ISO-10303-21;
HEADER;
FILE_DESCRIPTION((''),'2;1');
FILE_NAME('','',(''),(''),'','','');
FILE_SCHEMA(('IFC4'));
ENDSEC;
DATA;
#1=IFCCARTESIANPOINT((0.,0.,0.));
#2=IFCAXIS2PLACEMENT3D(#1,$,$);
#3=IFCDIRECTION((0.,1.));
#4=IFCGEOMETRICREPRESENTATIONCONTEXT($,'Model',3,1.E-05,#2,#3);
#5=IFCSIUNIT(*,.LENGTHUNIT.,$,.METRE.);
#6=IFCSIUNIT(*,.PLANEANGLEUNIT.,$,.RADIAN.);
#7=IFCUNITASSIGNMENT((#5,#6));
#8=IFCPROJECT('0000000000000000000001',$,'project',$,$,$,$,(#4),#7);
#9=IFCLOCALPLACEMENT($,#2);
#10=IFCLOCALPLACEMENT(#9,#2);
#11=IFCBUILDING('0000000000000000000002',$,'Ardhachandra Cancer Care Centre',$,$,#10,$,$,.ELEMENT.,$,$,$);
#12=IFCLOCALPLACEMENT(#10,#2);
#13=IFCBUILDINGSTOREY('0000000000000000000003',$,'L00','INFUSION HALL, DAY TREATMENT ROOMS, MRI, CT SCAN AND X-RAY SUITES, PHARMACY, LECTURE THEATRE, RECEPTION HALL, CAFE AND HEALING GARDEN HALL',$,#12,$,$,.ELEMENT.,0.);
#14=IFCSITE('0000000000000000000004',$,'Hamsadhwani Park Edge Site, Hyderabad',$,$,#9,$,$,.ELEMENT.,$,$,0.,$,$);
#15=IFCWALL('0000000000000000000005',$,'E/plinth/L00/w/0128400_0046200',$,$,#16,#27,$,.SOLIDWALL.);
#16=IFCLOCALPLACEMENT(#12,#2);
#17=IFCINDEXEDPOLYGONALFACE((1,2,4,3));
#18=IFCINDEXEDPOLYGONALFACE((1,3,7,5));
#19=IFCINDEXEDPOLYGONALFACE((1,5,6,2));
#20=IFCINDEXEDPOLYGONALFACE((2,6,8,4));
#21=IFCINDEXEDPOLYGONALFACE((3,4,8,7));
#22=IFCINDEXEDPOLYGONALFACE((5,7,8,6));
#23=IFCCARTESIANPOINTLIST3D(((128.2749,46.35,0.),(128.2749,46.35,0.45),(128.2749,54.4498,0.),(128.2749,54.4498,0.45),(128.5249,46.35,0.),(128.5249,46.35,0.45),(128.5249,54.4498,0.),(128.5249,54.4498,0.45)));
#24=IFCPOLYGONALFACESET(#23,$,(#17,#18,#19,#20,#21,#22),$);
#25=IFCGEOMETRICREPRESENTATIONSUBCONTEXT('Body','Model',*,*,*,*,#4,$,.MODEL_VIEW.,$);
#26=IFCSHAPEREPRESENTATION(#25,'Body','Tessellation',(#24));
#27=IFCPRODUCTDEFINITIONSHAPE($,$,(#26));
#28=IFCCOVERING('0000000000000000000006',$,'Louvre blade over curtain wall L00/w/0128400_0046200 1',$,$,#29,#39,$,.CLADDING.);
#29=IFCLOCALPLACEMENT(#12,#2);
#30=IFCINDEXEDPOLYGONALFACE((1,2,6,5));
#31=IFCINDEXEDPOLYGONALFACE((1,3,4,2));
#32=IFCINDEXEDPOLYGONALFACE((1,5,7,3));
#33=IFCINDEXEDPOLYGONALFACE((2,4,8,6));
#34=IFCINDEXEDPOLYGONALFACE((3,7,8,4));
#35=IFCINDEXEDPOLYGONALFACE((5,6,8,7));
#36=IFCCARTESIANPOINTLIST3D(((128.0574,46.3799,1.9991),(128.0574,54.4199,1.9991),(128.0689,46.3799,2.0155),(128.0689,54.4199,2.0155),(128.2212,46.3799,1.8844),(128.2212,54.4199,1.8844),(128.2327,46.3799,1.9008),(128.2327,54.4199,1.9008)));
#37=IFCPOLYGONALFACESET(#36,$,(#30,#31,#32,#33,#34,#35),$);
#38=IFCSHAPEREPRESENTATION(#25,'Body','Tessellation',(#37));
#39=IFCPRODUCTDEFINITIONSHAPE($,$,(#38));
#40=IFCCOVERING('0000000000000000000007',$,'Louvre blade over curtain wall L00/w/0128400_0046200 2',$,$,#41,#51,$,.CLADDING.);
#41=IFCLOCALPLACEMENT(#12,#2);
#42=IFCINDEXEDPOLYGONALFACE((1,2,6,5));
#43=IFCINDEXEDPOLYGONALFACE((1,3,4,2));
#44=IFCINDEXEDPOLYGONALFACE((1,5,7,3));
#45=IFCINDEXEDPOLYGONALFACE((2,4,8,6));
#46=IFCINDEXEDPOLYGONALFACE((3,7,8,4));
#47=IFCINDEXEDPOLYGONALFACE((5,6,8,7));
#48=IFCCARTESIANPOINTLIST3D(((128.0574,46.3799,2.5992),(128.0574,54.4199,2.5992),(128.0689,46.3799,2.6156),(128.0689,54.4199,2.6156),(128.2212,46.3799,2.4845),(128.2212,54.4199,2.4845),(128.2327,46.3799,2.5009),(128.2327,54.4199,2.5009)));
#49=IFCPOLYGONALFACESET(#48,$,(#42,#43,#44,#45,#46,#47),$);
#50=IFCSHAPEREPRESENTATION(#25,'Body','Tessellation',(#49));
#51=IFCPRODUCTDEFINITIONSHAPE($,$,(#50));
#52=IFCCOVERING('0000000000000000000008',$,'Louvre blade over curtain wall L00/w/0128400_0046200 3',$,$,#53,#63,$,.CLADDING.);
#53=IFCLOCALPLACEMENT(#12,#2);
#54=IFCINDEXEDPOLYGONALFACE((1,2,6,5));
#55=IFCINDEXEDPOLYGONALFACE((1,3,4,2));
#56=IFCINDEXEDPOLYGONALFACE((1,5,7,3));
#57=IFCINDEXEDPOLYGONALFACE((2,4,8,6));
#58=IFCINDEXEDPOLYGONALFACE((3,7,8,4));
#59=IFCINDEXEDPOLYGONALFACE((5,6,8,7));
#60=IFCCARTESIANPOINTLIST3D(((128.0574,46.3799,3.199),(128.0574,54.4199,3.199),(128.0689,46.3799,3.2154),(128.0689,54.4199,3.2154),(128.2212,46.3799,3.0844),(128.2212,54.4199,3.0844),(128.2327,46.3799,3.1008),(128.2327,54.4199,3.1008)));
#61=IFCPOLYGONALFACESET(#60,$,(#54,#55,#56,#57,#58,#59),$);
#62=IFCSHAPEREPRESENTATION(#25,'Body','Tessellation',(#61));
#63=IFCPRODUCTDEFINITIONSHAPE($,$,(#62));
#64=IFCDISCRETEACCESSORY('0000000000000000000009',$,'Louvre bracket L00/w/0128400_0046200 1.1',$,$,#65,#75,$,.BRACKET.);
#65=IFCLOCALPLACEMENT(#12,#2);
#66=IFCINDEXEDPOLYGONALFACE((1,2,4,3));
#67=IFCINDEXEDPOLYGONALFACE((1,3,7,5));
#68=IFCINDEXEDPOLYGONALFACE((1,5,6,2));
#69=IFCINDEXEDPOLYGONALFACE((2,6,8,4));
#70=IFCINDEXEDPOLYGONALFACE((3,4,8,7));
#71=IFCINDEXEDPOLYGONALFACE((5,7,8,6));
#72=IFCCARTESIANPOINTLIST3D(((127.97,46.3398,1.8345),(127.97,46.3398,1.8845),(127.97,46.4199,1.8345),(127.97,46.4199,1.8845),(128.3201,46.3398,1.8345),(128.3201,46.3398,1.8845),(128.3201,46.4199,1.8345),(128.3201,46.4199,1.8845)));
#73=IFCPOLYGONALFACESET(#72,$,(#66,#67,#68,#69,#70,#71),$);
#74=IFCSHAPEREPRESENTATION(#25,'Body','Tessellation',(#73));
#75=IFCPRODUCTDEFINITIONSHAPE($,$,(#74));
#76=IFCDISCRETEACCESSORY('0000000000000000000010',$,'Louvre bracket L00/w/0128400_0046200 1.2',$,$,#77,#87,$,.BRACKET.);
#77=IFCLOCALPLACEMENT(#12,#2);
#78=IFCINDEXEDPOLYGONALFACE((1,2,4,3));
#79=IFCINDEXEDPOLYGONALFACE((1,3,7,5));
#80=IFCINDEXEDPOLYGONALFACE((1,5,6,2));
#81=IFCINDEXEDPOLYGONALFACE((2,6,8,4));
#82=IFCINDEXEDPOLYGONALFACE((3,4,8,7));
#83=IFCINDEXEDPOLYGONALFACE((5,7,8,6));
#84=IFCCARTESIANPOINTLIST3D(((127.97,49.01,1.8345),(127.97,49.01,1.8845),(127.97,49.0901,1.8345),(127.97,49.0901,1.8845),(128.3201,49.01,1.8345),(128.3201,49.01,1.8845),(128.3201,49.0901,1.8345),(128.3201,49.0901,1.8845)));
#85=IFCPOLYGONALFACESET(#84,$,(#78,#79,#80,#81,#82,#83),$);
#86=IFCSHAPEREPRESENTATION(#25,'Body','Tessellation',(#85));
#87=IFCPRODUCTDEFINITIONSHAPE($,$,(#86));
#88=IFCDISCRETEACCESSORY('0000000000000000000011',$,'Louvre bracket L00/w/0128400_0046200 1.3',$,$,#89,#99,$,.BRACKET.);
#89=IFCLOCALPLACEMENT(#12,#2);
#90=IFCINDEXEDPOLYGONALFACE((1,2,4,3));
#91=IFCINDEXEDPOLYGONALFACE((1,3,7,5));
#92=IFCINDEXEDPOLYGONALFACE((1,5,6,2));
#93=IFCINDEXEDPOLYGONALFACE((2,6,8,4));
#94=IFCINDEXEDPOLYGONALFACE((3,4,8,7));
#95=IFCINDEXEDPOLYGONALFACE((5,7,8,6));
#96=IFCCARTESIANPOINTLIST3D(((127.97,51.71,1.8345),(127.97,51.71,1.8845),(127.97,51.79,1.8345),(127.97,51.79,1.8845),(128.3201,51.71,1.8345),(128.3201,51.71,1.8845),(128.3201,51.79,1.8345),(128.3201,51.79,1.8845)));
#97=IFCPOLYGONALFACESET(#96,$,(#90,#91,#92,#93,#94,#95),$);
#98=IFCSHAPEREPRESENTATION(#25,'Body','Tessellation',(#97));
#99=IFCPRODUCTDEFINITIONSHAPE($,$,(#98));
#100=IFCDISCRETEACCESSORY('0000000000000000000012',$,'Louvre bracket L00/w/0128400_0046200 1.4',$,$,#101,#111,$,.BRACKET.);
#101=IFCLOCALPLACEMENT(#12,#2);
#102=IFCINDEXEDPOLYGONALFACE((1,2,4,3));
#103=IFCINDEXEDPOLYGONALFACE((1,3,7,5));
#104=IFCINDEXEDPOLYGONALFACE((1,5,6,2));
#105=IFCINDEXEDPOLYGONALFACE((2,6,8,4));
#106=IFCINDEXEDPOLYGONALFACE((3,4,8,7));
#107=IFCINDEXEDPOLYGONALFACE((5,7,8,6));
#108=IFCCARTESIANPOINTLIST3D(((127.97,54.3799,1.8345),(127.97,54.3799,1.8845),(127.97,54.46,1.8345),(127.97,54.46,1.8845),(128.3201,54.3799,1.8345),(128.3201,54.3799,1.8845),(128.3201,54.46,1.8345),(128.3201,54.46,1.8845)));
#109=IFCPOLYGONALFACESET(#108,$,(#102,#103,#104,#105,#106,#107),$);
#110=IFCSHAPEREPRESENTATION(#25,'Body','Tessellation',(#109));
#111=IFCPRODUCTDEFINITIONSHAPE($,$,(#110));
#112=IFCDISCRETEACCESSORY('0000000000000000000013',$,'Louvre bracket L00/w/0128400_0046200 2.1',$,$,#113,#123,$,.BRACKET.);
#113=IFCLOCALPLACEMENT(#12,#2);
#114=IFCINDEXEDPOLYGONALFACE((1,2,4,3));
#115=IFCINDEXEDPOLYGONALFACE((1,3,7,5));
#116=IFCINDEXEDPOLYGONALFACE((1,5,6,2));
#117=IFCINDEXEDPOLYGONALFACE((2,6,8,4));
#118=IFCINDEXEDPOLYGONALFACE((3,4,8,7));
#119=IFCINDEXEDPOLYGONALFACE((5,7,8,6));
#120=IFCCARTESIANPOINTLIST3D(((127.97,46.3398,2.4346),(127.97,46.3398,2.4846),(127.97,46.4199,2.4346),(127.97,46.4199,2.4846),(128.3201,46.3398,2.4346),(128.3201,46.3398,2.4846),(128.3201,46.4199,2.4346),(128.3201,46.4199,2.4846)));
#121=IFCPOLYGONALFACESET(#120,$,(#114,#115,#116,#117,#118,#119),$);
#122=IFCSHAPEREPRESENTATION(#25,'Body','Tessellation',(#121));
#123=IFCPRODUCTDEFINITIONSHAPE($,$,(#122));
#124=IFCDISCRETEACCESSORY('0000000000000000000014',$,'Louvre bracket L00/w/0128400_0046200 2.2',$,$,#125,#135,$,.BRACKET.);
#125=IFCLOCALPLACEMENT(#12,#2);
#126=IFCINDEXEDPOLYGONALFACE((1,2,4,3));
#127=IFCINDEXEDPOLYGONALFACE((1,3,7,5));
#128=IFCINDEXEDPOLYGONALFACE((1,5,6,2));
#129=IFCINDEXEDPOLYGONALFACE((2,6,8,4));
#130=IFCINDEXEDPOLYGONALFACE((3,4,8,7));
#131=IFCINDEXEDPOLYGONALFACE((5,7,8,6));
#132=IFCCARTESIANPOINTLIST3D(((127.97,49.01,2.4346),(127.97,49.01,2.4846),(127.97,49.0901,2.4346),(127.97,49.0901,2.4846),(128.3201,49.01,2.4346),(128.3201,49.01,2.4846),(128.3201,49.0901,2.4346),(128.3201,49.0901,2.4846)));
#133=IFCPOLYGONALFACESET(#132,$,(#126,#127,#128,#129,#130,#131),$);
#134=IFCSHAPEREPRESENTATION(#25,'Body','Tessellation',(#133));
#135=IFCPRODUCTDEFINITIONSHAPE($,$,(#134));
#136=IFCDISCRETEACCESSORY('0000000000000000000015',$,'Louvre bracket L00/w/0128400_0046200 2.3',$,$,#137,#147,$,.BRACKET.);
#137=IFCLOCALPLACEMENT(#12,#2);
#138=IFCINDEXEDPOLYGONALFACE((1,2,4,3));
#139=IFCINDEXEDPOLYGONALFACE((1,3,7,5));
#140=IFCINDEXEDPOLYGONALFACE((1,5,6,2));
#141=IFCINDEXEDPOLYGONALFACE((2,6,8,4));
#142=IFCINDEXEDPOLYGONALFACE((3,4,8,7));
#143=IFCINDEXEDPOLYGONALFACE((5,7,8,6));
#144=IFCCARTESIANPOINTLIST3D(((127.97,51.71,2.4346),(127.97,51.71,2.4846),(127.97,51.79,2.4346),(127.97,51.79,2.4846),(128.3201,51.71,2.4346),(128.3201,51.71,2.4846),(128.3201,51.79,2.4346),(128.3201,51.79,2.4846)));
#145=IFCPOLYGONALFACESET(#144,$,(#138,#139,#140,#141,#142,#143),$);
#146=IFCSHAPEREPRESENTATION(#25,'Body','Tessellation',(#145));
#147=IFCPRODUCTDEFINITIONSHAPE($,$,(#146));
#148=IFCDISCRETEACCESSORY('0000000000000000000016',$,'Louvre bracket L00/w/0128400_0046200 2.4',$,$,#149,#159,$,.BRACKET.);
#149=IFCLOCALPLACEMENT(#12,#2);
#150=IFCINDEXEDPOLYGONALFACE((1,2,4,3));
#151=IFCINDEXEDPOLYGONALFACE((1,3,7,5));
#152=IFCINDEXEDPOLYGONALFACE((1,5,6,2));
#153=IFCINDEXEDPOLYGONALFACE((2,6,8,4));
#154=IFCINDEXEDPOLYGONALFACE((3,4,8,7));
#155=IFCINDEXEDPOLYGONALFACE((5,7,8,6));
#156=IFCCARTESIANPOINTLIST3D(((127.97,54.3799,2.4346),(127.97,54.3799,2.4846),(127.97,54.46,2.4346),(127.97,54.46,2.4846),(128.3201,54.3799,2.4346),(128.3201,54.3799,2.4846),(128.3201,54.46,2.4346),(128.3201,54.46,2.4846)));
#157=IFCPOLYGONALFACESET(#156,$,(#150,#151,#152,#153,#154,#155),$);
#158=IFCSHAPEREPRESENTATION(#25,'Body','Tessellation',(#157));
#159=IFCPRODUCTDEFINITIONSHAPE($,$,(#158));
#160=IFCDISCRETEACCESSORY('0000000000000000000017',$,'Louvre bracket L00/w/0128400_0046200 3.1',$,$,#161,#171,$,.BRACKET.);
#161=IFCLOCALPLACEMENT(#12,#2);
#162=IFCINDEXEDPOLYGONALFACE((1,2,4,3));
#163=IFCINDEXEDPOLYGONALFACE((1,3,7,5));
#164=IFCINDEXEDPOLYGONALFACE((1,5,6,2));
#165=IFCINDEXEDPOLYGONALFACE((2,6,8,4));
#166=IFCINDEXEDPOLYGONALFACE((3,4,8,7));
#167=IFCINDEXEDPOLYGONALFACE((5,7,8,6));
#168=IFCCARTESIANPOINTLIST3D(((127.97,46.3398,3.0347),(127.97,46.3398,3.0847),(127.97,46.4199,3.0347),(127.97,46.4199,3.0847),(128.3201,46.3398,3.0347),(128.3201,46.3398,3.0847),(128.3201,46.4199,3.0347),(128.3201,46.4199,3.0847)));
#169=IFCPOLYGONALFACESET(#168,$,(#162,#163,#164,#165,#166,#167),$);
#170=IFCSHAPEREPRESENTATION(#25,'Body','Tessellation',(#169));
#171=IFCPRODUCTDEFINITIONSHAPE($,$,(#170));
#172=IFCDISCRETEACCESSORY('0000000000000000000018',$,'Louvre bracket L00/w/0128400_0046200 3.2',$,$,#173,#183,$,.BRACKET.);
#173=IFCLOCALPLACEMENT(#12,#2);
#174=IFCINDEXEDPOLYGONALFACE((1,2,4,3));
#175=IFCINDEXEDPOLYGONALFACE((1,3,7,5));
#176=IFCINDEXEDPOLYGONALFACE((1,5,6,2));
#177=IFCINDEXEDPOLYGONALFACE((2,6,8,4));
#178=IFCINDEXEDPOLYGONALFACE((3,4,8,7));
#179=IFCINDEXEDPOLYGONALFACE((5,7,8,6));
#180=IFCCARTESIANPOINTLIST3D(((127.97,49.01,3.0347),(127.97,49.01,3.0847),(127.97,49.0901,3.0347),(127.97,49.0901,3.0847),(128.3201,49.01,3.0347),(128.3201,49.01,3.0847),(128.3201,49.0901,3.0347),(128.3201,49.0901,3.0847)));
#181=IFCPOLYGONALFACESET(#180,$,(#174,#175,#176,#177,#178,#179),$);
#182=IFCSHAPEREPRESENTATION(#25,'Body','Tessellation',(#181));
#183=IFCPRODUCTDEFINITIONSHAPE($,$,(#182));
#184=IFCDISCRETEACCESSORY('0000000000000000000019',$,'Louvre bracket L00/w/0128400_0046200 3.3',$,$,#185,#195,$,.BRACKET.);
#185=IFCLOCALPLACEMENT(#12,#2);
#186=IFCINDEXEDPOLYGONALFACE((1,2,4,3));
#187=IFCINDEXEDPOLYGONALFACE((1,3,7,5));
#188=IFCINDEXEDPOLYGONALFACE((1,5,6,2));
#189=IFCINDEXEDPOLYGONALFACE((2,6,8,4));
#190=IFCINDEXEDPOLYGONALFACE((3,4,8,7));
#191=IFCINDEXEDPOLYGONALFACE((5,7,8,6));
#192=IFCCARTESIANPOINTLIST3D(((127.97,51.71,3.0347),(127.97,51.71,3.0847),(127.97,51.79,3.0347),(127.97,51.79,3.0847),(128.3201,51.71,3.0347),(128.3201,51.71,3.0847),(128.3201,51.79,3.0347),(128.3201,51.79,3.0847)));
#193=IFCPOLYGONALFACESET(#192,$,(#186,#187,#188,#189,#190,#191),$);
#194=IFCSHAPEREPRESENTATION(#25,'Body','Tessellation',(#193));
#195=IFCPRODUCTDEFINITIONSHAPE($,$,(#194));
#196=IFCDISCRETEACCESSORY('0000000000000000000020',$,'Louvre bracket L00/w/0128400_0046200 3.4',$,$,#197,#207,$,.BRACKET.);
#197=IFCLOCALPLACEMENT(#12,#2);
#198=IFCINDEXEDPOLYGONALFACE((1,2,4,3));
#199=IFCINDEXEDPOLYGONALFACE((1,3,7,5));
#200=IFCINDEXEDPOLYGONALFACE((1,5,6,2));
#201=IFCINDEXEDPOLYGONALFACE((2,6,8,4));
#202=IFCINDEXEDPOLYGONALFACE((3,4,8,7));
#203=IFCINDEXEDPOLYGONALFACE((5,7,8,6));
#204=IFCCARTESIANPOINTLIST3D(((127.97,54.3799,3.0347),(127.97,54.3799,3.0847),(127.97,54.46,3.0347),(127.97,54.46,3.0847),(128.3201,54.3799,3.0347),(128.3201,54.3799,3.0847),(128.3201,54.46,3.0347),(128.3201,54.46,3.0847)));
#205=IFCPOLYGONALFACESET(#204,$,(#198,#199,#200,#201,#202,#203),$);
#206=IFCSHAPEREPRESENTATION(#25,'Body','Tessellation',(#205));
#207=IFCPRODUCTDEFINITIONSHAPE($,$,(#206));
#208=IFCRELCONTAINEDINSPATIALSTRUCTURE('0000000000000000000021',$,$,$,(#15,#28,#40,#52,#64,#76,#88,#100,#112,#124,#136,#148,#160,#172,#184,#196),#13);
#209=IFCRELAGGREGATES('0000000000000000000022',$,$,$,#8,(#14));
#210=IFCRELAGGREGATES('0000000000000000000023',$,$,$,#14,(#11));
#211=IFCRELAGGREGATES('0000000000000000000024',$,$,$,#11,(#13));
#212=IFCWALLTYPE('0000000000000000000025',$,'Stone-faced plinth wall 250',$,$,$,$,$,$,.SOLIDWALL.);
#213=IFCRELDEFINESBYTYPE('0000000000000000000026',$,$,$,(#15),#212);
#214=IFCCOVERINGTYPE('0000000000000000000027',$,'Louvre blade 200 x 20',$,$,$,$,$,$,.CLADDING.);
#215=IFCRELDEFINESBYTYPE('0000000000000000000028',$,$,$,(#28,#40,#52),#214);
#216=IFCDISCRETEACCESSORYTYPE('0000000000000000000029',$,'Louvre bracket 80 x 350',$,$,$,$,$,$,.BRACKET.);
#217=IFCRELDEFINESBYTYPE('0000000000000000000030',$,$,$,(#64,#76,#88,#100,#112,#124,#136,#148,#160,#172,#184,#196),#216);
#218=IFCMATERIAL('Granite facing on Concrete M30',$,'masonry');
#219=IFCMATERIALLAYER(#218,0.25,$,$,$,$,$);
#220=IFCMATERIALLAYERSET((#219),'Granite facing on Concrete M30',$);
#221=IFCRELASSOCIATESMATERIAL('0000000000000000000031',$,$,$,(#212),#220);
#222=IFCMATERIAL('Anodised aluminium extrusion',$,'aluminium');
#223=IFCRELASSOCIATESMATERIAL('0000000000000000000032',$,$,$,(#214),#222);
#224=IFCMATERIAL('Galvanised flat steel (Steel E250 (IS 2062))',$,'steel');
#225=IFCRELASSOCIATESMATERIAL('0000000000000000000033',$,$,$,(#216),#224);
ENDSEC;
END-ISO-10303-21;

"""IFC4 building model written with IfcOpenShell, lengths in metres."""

from ifc_helpers import new_model, si_unit, direction, frame, frame_2d, origin, origin_2d, place, context, subcontext, project, spatial, rectangle, extrude, material, layer, layer_set, material_profile, profile_set, type_object, element, save


model = new_model("IFC4")

# Units and contexts
model_context = context("Model", 3, precision=1e-05, world=origin(), true_north=direction((0.0, 1.0)))
body_context = subcontext(model_context, "Body", "Model", "MODEL_VIEW")
ifc_project = project(units=[si_unit("LENGTHUNIT", "METRE"), si_unit("PLANEANGLEUNIT", "RADIAN")], contexts=[model_context])

# Site, building, storey
site_placement = place(None, origin())
site = spatial("IfcSite", under=ifc_project, at=site_placement, Name="Hamsadhwani Park Edge Site, Hyderabad", CompositionType="ELEMENT", RefElevation=0.0)
building_placement = place(site_placement, origin())
building = spatial("IfcBuilding", under=site, at=building_placement, Name="Ardhachandra Cancer Care Centre", CompositionType="ELEMENT")
storey_placement = place(building_placement, origin())
storey = spatial("IfcBuildingStorey", under=building, at=storey_placement, Name="L00", Description="INFUSION HALL, DAY TREATMENT ROOMS, MRI, CT SCAN AND X-RAY SUITES, PHARMACY, LECTURE THEATRE, RECEPTION HALL, CAFE AND HEALING GARDEN HALL", CompositionType="ELEMENT", Elevation=0.0)

# Wall
ifc_material_1 = material(Name="Granite facing on Concrete M30", Category="masonry")
ifc_layer_1 = layer(ifc_material_1, 0.25)
ifc_layer_set_1 = layer_set([ifc_layer_1], Name="Granite facing on Concrete M30")
wall_type_1 = type_object("IfcWallType", Name="Stone-faced plinth wall 250", PredefinedType="SOLIDWALL", material=ifc_layer_set_1)
wall_1_placement = place(storey_placement, frame((128.3999, 46.3501, 0.0), z_axis=(0.0, 0.0, 1.0), x_axis=(0.0, 1.0, 0.0)))
element("IfcWall", 1, at=wall_1_placement, inside=storey, type_object=wall_type_1, Name="E/plinth/L00/w/0128400_0046200", PredefinedType="SOLIDWALL", context=body_context, shape_type="SweptSolid", body=[
    extrude(rectangle(XDim=8.0999, YDim=0.25, at=frame_2d((4.0498, 0.0))), origin(), (0.0, 0.0, 1.0), 0.45),
])

# Coverings
ifc_material_2 = material(Name="Anodised aluminium extrusion", Category="aluminium")
ifc_material_profile_1 = material_profile(ifc_material_2, rectangle(XDim=0.2, YDim=0.02, at=origin_2d()), Name="Louvre blade 200 x 20")
ifc_profile_set_1 = profile_set([ifc_material_profile_1], Name="Anodised aluminium extrusion")
covering_type = type_object("IfcCoveringType", Name="Louvre blade 200 x 20", PredefinedType="CLADDING", material=ifc_profile_set_1)
for number, where, z_axis, x_axis, name in (
    (2, (128.145, 46.3799, 1.95), (0.0, 1.0, 0.0), (-0.819152, 0.0, 0.573576), "Louvre blade over curtain wall L00/w/0128400_0046200 1"),
    (3, (128.145, 46.3799, 2.55), (0.0, 1.0, 0.0), (-0.819152, 0.0, 0.573576), "Louvre blade over curtain wall L00/w/0128400_0046200 2"),
    (4, (128.145, 46.3799, 3.1499), (0.0, 1.0, 0.0), (-0.819152, 0.0, 0.573576), "Louvre blade over curtain wall L00/w/0128400_0046200 3"),
):
    element("IfcCovering", number, at=place(storey_placement, frame(where, z_axis=z_axis, x_axis=x_axis)), inside=storey, type_object=covering_type, Name=name, PredefinedType="CLADDING", context=body_context, shape_type="SweptSolid", body=[
        extrude(rectangle(XDim=0.2, YDim=0.02, at=origin_2d()), origin(), (0.0, 0.0, 1.0), 8.04),
    ])

# Discrete accessories
ifc_material_3 = material(Name="Galvanised flat steel (Steel E250 (IS 2062))", Category="steel")
discrete_accessory_type = type_object("IfcDiscreteAccessoryType", Name="Louvre bracket 80 x 350", PredefinedType="BRACKET", material=ifc_material_3)
for number, where, z_axis, x_axis, name in (
    (5, (128.145, 46.3799, 1.8345), (0.0, 0.0, 1.0), (0.0, 1.0, 0.0), "Louvre bracket L00/w/0128400_0046200 1.1"),
    (6, (128.145, 49.05, 1.8345), (0.0, 0.0, 1.0), (0.0, 1.0, 0.0), "Louvre bracket L00/w/0128400_0046200 1.2"),
    (7, (128.145, 51.75, 1.8345), (0.0, 0.0, 1.0), (0.0, 1.0, 0.0), "Louvre bracket L00/w/0128400_0046200 1.3"),
    (8, (128.145, 54.4199, 1.8345), (0.0, 0.0, 1.0), (0.0, 1.0, 0.0), "Louvre bracket L00/w/0128400_0046200 1.4"),
    (9, (128.145, 46.3799, 2.4346), (0.0, 0.0, 1.0), (0.0, 1.0, 0.0), "Louvre bracket L00/w/0128400_0046200 2.1"),
    (10, (128.145, 49.05, 2.4346), (0.0, 0.0, 1.0), (0.0, 1.0, 0.0), "Louvre bracket L00/w/0128400_0046200 2.2"),
    (11, (128.145, 51.75, 2.4346), (0.0, 0.0, 1.0), (0.0, 1.0, 0.0), "Louvre bracket L00/w/0128400_0046200 2.3"),
    (12, (128.145, 54.4199, 2.4346), (0.0, 0.0, 1.0), (0.0, 1.0, 0.0), "Louvre bracket L00/w/0128400_0046200 2.4"),
    (13, (128.145, 46.3799, 3.0347), (0.0, 0.0, 1.0), (0.0, 1.0, 0.0), "Louvre bracket L00/w/0128400_0046200 3.1"),
    (14, (128.145, 49.05, 3.0347), (0.0, 0.0, 1.0), (0.0, 1.0, 0.0), "Louvre bracket L00/w/0128400_0046200 3.2"),
    (15, (128.145, 51.75, 3.0347), (0.0, 0.0, 1.0), (0.0, 1.0, 0.0), "Louvre bracket L00/w/0128400_0046200 3.3"),
    (16, (128.145, 54.4199, 3.0347), (0.0, 0.0, 1.0), (0.0, 1.0, 0.0), "Louvre bracket L00/w/0128400_0046200 3.4"),
):
    element("IfcDiscreteAccessory", number, at=place(storey_placement, frame(where, z_axis=z_axis, x_axis=x_axis)), inside=storey, type_object=discrete_accessory_type, Name=name, PredefinedType="BRACKET", context=body_context, shape_type="SweptSolid", body=[
        extrude(rectangle(XDim=0.0801, YDim=0.3501, at=origin_2d()), origin(), (0.0, 0.0, 1.0), 0.05),
    ])

save(model, "model.ifc")
